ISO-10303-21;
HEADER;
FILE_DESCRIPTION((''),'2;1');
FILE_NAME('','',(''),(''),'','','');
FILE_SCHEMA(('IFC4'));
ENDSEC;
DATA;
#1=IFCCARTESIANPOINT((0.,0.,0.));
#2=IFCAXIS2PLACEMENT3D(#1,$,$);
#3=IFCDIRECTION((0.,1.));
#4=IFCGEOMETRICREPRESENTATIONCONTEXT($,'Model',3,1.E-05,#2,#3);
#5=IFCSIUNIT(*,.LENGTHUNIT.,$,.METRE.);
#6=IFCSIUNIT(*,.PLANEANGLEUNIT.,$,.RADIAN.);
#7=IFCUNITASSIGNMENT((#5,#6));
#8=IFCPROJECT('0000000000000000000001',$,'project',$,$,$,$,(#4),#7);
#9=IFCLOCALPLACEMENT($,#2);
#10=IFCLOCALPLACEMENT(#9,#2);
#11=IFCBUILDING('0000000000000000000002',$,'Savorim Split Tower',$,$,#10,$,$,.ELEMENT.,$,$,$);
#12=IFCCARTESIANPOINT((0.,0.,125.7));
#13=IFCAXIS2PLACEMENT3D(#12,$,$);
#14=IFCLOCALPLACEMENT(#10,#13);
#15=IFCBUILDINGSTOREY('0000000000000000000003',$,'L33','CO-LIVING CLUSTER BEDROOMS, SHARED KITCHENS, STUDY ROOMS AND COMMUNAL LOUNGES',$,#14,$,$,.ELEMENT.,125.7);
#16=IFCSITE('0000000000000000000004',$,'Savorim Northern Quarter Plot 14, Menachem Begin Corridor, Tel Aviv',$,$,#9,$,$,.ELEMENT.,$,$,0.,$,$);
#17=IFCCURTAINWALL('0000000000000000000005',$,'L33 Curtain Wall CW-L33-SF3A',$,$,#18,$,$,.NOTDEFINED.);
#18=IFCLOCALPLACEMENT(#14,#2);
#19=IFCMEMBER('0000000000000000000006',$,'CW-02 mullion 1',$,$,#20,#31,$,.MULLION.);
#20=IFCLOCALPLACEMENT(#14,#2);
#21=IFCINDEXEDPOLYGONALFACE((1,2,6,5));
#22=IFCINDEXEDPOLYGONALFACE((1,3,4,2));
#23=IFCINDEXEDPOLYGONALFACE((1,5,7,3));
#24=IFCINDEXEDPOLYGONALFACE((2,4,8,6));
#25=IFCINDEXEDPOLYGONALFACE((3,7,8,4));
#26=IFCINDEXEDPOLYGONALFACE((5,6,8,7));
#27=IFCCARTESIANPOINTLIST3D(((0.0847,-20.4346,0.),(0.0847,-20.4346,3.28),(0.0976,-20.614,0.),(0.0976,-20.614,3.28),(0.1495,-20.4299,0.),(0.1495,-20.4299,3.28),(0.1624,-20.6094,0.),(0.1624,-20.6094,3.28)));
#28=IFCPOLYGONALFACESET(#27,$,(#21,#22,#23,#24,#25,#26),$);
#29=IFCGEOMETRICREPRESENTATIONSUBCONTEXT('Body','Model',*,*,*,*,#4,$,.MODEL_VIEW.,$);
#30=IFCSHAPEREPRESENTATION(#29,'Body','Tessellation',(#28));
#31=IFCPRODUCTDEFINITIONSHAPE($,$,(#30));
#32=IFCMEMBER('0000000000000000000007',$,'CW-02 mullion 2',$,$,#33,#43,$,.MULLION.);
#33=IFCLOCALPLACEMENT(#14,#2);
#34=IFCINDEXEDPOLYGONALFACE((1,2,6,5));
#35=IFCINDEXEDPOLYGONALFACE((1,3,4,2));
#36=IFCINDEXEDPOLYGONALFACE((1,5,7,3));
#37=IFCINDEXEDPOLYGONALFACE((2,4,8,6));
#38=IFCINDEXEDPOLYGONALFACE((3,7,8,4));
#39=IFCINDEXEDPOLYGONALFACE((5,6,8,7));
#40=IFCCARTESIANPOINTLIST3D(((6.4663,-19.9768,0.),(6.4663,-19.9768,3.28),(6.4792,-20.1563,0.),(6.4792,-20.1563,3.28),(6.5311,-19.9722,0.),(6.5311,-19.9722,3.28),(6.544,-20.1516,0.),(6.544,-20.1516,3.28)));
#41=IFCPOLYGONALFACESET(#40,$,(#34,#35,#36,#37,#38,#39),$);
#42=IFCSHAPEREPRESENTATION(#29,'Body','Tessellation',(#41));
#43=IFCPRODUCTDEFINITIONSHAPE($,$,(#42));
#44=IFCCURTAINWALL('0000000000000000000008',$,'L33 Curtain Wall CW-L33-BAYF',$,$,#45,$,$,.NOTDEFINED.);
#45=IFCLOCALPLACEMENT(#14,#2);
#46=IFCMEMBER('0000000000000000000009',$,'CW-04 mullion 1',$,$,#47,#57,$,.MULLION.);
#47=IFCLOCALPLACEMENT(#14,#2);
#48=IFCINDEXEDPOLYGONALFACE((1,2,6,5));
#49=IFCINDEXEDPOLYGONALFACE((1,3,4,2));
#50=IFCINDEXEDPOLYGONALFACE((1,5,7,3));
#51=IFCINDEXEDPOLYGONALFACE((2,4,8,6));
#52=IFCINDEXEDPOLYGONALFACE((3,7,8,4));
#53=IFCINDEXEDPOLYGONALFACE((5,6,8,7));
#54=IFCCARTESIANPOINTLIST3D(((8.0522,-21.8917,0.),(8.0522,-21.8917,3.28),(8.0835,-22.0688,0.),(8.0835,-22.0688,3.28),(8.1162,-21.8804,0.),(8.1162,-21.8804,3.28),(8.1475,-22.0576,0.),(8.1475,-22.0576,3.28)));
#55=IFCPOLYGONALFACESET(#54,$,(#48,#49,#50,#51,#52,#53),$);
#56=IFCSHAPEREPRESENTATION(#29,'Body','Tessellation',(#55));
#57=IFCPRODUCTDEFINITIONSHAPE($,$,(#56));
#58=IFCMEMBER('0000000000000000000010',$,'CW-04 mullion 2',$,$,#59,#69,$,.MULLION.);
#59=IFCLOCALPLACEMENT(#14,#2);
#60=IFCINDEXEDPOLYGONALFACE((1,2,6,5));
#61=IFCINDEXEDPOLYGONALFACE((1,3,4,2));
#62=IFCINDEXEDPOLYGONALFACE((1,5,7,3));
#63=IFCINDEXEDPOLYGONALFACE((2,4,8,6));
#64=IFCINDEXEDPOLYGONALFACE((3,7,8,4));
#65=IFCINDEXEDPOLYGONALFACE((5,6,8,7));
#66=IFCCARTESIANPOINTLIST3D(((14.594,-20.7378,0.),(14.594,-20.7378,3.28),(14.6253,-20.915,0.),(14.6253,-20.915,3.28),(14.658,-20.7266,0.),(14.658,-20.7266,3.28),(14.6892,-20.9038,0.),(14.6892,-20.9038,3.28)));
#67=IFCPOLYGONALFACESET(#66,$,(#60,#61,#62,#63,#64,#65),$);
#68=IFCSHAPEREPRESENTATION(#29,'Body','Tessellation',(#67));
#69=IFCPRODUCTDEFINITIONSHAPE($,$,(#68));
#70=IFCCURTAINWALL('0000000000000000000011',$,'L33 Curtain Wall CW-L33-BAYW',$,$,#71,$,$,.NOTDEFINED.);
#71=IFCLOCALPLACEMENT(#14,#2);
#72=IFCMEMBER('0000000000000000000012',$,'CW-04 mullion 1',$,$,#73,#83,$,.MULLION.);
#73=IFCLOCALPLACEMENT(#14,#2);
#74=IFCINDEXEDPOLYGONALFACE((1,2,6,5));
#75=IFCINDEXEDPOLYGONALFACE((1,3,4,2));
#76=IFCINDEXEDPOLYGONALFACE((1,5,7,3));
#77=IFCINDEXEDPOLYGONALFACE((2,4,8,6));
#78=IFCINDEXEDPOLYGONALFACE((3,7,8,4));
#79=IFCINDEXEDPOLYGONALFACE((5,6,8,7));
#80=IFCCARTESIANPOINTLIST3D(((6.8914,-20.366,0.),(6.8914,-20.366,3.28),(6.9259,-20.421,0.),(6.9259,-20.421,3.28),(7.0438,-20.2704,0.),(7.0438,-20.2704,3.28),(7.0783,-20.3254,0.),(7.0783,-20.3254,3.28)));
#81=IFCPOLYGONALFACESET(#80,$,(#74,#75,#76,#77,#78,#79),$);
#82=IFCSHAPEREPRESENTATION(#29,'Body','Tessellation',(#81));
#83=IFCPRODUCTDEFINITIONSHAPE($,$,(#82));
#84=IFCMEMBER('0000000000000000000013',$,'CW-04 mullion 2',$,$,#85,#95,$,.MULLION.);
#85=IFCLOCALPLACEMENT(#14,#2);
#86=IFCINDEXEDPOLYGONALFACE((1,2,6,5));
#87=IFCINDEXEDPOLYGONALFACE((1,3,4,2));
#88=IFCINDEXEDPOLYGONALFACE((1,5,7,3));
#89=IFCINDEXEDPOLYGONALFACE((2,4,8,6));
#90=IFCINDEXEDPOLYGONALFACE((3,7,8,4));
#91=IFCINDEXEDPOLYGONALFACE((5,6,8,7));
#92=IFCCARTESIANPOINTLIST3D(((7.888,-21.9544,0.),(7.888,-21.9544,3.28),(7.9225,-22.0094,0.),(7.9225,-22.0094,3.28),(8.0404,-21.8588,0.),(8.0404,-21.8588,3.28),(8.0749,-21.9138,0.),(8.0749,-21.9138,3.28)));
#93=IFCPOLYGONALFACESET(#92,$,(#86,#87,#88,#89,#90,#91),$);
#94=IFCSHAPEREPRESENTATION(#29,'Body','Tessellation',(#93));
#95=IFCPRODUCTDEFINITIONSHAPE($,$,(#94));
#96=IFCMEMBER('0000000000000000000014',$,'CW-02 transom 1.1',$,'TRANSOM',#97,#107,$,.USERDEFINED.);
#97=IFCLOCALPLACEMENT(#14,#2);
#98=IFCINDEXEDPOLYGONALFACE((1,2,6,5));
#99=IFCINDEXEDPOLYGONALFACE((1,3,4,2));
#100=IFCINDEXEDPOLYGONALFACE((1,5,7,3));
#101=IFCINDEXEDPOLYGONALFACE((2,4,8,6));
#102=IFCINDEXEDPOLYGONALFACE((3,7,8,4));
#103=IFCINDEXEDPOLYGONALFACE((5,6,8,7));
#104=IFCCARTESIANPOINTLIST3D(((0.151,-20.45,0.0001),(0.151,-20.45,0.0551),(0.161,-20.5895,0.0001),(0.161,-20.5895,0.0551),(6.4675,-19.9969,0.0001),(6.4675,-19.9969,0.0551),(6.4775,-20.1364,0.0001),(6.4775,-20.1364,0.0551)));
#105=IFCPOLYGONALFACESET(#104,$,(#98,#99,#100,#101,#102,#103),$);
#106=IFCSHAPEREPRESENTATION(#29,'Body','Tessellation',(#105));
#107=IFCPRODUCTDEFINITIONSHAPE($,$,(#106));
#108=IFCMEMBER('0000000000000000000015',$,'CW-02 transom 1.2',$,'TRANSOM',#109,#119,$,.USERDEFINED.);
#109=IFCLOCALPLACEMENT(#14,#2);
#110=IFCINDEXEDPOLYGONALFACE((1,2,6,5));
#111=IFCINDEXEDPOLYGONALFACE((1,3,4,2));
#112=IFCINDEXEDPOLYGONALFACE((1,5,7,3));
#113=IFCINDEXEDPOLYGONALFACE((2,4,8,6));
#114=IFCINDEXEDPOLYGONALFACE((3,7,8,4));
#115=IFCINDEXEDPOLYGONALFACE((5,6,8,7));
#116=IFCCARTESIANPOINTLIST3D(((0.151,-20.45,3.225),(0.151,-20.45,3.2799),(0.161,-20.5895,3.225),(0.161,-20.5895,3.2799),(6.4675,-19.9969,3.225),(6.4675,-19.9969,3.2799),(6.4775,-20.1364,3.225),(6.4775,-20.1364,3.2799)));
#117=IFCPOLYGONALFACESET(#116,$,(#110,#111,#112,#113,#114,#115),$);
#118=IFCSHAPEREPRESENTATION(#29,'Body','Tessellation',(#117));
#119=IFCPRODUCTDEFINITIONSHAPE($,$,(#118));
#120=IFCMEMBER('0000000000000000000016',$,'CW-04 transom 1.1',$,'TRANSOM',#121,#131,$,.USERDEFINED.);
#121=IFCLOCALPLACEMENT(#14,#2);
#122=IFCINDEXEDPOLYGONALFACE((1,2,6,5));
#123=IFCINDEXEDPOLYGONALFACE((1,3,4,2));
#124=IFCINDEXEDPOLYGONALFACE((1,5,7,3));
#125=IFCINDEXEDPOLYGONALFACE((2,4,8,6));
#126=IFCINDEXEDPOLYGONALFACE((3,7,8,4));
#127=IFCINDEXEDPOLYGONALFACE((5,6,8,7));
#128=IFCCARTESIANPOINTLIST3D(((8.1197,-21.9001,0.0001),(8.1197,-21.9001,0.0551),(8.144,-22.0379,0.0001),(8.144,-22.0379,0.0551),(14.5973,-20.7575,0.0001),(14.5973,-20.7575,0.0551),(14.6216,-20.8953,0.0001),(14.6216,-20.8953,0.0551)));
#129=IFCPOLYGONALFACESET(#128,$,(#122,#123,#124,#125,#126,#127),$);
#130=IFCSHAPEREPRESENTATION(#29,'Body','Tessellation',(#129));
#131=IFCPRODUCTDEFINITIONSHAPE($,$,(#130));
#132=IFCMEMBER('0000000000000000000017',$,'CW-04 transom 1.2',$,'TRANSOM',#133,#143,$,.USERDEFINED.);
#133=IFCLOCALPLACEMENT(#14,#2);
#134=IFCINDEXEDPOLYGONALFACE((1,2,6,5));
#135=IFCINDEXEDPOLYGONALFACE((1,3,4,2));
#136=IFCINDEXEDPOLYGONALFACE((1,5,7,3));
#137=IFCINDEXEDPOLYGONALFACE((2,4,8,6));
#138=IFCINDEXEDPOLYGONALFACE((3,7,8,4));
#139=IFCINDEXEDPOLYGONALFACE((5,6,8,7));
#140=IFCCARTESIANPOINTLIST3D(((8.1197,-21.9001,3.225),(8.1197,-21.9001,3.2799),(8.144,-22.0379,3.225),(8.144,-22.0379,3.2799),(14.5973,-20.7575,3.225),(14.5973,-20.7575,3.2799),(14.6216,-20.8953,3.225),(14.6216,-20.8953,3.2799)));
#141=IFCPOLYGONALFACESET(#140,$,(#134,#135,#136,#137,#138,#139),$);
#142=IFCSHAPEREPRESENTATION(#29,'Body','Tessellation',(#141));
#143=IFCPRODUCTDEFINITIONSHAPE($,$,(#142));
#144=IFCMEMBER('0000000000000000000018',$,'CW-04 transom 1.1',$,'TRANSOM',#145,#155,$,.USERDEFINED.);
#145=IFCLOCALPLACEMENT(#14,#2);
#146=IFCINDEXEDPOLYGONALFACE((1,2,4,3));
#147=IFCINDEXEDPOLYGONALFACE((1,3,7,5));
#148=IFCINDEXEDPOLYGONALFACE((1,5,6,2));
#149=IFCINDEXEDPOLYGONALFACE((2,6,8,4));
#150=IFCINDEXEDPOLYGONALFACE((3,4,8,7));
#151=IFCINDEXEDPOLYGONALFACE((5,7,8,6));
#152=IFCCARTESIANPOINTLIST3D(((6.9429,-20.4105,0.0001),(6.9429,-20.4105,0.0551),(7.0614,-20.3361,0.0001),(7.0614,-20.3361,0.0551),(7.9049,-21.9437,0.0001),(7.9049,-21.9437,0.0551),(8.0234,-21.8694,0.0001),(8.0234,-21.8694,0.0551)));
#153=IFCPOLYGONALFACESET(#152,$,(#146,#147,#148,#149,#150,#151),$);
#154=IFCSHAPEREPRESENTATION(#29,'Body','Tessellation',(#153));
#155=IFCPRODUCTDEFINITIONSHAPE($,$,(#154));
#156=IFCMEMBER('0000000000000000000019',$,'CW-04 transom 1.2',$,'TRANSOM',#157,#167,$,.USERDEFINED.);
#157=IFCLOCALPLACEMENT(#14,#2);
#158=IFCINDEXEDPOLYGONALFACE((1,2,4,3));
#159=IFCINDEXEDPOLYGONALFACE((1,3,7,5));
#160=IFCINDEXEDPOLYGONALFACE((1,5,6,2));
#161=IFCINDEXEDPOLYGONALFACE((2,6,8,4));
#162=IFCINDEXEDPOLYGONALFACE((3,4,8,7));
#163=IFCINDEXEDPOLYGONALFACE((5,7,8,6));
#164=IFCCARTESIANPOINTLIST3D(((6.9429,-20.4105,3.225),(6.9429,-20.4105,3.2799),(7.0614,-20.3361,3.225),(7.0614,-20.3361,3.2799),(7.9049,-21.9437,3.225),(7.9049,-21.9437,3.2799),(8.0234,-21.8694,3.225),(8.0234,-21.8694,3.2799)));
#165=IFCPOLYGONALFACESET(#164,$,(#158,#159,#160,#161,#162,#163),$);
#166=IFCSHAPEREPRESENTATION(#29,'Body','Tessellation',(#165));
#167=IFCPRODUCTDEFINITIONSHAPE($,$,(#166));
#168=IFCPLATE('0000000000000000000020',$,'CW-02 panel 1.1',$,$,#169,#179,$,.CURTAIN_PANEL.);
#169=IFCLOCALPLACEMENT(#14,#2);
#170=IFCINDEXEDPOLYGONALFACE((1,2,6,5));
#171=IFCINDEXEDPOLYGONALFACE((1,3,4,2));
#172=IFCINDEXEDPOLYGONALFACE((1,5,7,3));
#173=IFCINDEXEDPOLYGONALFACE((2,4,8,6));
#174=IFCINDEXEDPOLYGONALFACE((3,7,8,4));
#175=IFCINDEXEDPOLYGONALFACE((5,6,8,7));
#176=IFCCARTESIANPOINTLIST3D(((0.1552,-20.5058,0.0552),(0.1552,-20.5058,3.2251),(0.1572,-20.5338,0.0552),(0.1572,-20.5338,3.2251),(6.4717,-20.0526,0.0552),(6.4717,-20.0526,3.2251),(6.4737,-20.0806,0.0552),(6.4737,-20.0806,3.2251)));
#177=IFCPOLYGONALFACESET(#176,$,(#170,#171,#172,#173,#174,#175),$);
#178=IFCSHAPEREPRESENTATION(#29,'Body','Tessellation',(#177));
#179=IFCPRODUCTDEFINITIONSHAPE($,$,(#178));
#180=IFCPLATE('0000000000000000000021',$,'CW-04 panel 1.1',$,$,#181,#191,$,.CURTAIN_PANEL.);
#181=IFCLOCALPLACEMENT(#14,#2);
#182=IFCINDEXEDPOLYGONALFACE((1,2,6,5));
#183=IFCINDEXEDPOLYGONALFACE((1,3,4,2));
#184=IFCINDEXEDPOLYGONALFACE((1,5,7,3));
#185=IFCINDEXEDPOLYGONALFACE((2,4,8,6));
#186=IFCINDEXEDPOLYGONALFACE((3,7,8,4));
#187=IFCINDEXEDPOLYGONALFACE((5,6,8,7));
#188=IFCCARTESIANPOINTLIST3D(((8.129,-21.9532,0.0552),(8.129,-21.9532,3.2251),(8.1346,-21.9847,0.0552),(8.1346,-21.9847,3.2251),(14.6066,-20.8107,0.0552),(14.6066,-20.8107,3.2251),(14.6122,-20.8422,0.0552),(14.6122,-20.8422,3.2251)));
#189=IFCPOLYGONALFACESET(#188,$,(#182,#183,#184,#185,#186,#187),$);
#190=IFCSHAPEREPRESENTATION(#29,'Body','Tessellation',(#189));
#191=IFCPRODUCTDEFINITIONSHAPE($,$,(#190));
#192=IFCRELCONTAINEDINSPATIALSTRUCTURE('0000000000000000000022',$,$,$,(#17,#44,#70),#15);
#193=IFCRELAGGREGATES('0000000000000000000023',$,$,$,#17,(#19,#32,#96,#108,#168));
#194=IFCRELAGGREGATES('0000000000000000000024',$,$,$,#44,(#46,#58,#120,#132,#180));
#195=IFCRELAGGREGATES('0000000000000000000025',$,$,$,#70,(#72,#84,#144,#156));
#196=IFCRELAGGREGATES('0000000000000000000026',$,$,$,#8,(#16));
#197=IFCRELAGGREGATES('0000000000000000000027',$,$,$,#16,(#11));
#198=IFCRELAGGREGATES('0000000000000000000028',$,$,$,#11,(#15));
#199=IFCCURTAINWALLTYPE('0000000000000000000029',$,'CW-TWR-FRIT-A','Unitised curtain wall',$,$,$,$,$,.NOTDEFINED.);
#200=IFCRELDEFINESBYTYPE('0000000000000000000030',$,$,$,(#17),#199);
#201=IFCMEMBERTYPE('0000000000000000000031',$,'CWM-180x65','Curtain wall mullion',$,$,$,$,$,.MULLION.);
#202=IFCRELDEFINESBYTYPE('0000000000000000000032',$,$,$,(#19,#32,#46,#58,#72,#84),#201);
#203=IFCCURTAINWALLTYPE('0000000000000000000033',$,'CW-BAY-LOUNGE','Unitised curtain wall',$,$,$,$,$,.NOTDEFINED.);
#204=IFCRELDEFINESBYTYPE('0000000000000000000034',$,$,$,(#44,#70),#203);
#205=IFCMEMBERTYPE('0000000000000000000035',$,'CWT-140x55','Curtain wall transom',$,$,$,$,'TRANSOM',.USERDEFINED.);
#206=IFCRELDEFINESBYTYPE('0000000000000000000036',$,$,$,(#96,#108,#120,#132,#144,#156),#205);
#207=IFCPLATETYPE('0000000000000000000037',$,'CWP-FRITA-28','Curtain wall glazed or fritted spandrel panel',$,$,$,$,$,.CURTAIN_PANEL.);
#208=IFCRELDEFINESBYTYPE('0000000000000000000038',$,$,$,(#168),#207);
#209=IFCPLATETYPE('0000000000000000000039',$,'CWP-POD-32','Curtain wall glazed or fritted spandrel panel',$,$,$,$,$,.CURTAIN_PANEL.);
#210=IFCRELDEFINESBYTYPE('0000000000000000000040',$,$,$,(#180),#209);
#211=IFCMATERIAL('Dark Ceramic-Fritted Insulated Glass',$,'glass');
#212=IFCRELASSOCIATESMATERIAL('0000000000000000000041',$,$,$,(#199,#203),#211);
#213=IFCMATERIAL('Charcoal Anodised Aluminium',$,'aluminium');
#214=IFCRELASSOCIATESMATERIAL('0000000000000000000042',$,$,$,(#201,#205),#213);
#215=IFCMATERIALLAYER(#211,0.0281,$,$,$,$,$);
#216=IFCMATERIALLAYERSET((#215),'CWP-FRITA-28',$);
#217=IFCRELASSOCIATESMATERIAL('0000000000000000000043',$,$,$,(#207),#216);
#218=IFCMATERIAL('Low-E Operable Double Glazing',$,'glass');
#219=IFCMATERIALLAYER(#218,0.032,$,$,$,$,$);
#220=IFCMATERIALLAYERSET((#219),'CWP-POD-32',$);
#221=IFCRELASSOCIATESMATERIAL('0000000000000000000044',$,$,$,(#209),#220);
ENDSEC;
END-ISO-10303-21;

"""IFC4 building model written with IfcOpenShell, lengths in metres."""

from ifc_helpers import new_model, si_unit, direction, frame, origin, origin_2d, place, context, subcontext, project, spatial, rectangle, extrude, material, layer, layer_set, material_profile, profile_set, type_object, element, aggregate, save


model = new_model("IFC4")

# Units and contexts
model_context = context("Model", 3, precision=1e-05, world=origin(), true_north=direction((0.0, 1.0)))
body_context = subcontext(model_context, "Body", "Model", "MODEL_VIEW")
ifc_project = project(units=[si_unit("LENGTHUNIT", "METRE"), si_unit("PLANEANGLEUNIT", "RADIAN")], contexts=[model_context])

# Site, building, storey
site_placement = place(None, origin())
site = spatial("IfcSite", under=ifc_project, at=site_placement, Name="Savorim Northern Quarter Plot 14, Menachem Begin Corridor, Tel Aviv", CompositionType="ELEMENT", RefElevation=0.0)
building_placement = place(site_placement, origin())
building = spatial("IfcBuilding", under=site, at=building_placement, Name="Savorim Split Tower", CompositionType="ELEMENT")
storey_placement = place(building_placement, frame((0.0, 0.0, 125.7)))
storey = spatial("IfcBuildingStorey", under=building, at=storey_placement, Name="L33", Description="CO-LIVING CLUSTER BEDROOMS, SHARED KITCHENS, STUDY ROOMS AND COMMUNAL LOUNGES", CompositionType="ELEMENT", Elevation=125.7)

# Curtain walls, members
ifc_material_1 = material(Name="Dark Ceramic-Fritted Insulated Glass", Category="glass")
curtain_wall_type_1 = type_object("IfcCurtainWallType", Name="CW-TWR-FRIT-A", Description="Unitised curtain wall", PredefinedType="NOTDEFINED", material=ifc_material_1)
curtain_wall_1_placement = place(storey_placement, origin())
curtain_wall_1 = element("IfcCurtainWall", 1, at=curtain_wall_1_placement, inside=storey, type_object=curtain_wall_type_1, Name="L33 Curtain Wall CW-L33-SF3A", PredefinedType="NOTDEFINED")
ifc_material_2 = material(Name="Charcoal Anodised Aluminium", Category="aluminium")
ifc_material_profile_1 = material_profile(ifc_material_2, rectangle(XDim=0.1799, YDim=0.0649, at=origin_2d()), Name="ALU-M 180x65")
ifc_profile_set_1 = profile_set([ifc_material_profile_1], Name="Charcoal Anodised Aluminium")
member_type_1 = type_object("IfcMemberType", Name="CWM-180x65", Description="Curtain wall mullion", PredefinedType="MULLION", material=ifc_profile_set_1)
member_1_placement = place(storey_placement, frame((0.1235, -20.522, 0.0), z_axis=(0.0, 0.0, 1.0), x_axis=(-0.071563, 0.997436, 0.0)))
member_1 = element("IfcMember", 2, at=member_1_placement, type_object=member_type_1, Name="CW-02 mullion 1", PredefinedType="MULLION", context=body_context, shape_type="SweptSolid", body=[
    extrude(rectangle(XDim=0.1799, YDim=0.0649, at=origin_2d()), origin(), (0.0, 0.0, 1.0), 3.28),
])
member_2_placement = place(storey_placement, frame((6.5051, -20.0642, 0.0), z_axis=(0.0, 0.0, 1.0), x_axis=(-0.071563, 0.997436, 0.0)))
member_2 = element("IfcMember", 3, at=member_2_placement, type_object=member_type_1, Name="CW-02 mullion 2", PredefinedType="MULLION", context=body_context, shape_type="SweptSolid", body=[
    extrude(rectangle(XDim=0.1799, YDim=0.0649, at=origin_2d()), origin(), (0.0, 0.0, 1.0), 3.28),
])
curtain_wall_type_2 = type_object("IfcCurtainWallType", Name="CW-BAY-LOUNGE", Description="Unitised curtain wall", PredefinedType="NOTDEFINED", material=ifc_material_1)
curtain_wall_2_placement = place(storey_placement, origin())
curtain_wall_2 = element("IfcCurtainWall", 4, at=curtain_wall_2_placement, inside=storey, type_object=curtain_wall_type_2, Name="L33 Curtain Wall CW-L33-BAYF", PredefinedType="NOTDEFINED")
member_3_placement = place(storey_placement, frame((8.0999, -21.9746, 0.0), z_axis=(0.0, 0.0, 1.0), x_axis=(-0.173703, 0.984798, 0.0)))
member_3 = element("IfcMember", 5, at=member_3_placement, type_object=member_type_1, Name="CW-04 mullion 1", PredefinedType="MULLION", context=body_context, shape_type="SweptSolid", body=[
    extrude(rectangle(XDim=0.1799, YDim=0.0649, at=origin_2d()), origin(), (0.0, 0.0, 1.0), 3.28),
])
member_4_placement = place(storey_placement, frame((14.6416, -20.8208, 0.0), z_axis=(0.0, 0.0, 1.0), x_axis=(-0.173703, 0.984798, 0.0)))
member_4 = element("IfcMember", 6, at=member_4_placement, type_object=member_type_1, Name="CW-04 mullion 2", PredefinedType="MULLION", context=body_context, shape_type="SweptSolid", body=[
    extrude(rectangle(XDim=0.1799, YDim=0.0649, at=origin_2d()), origin(), (0.0, 0.0, 1.0), 3.28),
])
curtain_wall_3_placement = place(storey_placement, origin())
curtain_wall_3 = element("IfcCurtainWall", 7, at=curtain_wall_3_placement, inside=storey, type_object=curtain_wall_type_2, Name="L33 Curtain Wall CW-L33-BAYW", PredefinedType="NOTDEFINED")
member_5_placement = place(storey_placement, frame((6.9849, -20.3457, 0.0), z_axis=(0.0, 0.0, 1.0), x_axis=(0.847099, 0.531435, 0.0)))
member_5 = element("IfcMember", 8, at=member_5_placement, type_object=member_type_1, Name="CW-04 mullion 1", PredefinedType="MULLION", context=body_context, shape_type="SweptSolid", body=[
    extrude(rectangle(XDim=0.1799, YDim=0.0649, at=origin_2d()), origin(), (0.0, 0.0, 1.0), 3.28),
])
member_6_placement = place(storey_placement, frame((7.9814, -21.9341, 0.0), z_axis=(0.0, 0.0, 1.0), x_axis=(0.847099, 0.531435, 0.0)))
member_6 = element("IfcMember", 9, at=member_6_placement, type_object=member_type_1, Name="CW-04 mullion 2", PredefinedType="MULLION", context=body_context, shape_type="SweptSolid", body=[
    extrude(rectangle(XDim=0.1799, YDim=0.0649, at=origin_2d()), origin(), (0.0, 0.0, 1.0), 3.28),
])

# Members
ifc_material_profile_2 = material_profile(ifc_material_2, rectangle(XDim=0.1399, YDim=0.0549, at=origin_2d()), Name="ALU-T 140x55")
ifc_profile_set_2 = profile_set([ifc_material_profile_2], Name="Charcoal Anodised Aluminium")
member_type_2 = type_object("IfcMemberType", Name="CWT-140x55", Description="Curtain wall transom", ElementType="TRANSOM", PredefinedType="USERDEFINED", material=ifc_profile_set_2)
member_7_placement = place(storey_placement, frame((0.156, -20.5198, 0.0276), z_axis=(0.997437, 0.071551, 0.0), x_axis=(-0.071551, 0.997437, 0.0)))
member_7 = element("IfcMember", 10, at=member_7_placement, type_object=member_type_2, Name="CW-02 transom 1.1", ObjectType="TRANSOM", PredefinedType="USERDEFINED", context=body_context, shape_type="SweptSolid", body=[
    extrude(rectangle(XDim=0.1399, YDim=0.0549, at=origin_2d()), origin(), (0.0, 0.0, 1.0), 6.3328),
])
member_8_placement = place(storey_placement, frame((0.156, -20.5198, 3.2524), z_axis=(0.997437, 0.071551, 0.0), x_axis=(-0.071551, 0.997437, 0.0)))
member_8 = element("IfcMember", 11, at=member_8_placement, type_object=member_type_2, Name="CW-02 transom 1.2", ObjectType="TRANSOM", PredefinedType="USERDEFINED", context=body_context, shape_type="SweptSolid", body=[
    extrude(rectangle(XDim=0.1399, YDim=0.0549, at=origin_2d()), origin(), (0.0, 0.0, 1.0), 6.3328),
])
member_9_placement = place(storey_placement, frame((8.1318, -21.969, 0.0276), z_axis=(0.984797, 0.173709, 0.0), x_axis=(-0.173709, 0.984797, 0.0)))
member_9 = element("IfcMember", 12, at=member_9_placement, type_object=member_type_2, Name="CW-04 transom 1.1", ObjectType="TRANSOM", PredefinedType="USERDEFINED", context=body_context, shape_type="SweptSolid", body=[
    extrude(rectangle(XDim=0.1399, YDim=0.0549, at=origin_2d()), origin(), (0.0, 0.0, 1.0), 6.5776),
])
member_10_placement = place(storey_placement, frame((8.1318, -21.969, 3.2524), z_axis=(0.984797, 0.173709, 0.0), x_axis=(-0.173709, 0.984797, 0.0)))
member_10 = element("IfcMember", 13, at=member_10_placement, type_object=member_type_2, Name="CW-04 transom 1.2", ObjectType="TRANSOM", PredefinedType="USERDEFINED", context=body_context, shape_type="SweptSolid", body=[
    extrude(rectangle(XDim=0.1399, YDim=0.0549, at=origin_2d()), origin(), (0.0, 0.0, 1.0), 6.5776),
])
member_11_placement = place(storey_placement, frame((7.0022, -20.3733, 0.0276), z_axis=(0.531453, -0.847088, 0.0), x_axis=(0.847088, 0.531453, 0.0)))
member_11 = element("IfcMember", 14, at=member_11_placement, type_object=member_type_2, Name="CW-04 transom 1.1", ObjectType="TRANSOM", PredefinedType="USERDEFINED", context=body_context, shape_type="SweptSolid", body=[
    extrude(rectangle(XDim=0.1399, YDim=0.0549, at=origin_2d()), origin(), (0.0, 0.0, 1.0), 1.8101),
])
member_12_placement = place(storey_placement, frame((7.0022, -20.3733, 3.2524), z_axis=(0.531453, -0.847088, 0.0), x_axis=(0.847088, 0.531453, 0.0)))
member_12 = element("IfcMember", 15, at=member_12_placement, type_object=member_type_2, Name="CW-04 transom 1.2", ObjectType="TRANSOM", PredefinedType="USERDEFINED", context=body_context, shape_type="SweptSolid", body=[
    extrude(rectangle(XDim=0.1399, YDim=0.0549, at=origin_2d()), origin(), (0.0, 0.0, 1.0), 1.8101),
])

# Plates
ifc_layer_1 = layer(ifc_material_1, 0.0281)
ifc_layer_set_1 = layer_set([ifc_layer_1], Name="CWP-FRITA-28")
plate_type_1 = type_object("IfcPlateType", Name="CWP-FRITA-28", Description="Curtain wall glazed or fritted spandrel panel", PredefinedType="CURTAIN_PANEL", material=ifc_layer_set_1)
plate_1_placement = place(storey_placement, frame((3.3145, -20.2932, 0.0552), z_axis=(0.0, 0.0, 1.0), x_axis=(0.997436, 0.071563, 0.0)))
plate_1 = element("IfcPlate", 16, at=plate_1_placement, type_object=plate_type_1, Name="CW-02 panel 1.1", PredefinedType="CURTAIN_PANEL", context=body_context, shape_type="SweptSolid", body=[
    extrude(rectangle(XDim=6.3328, YDim=0.0281, at=origin_2d()), origin(), (0.0, 0.0, 1.0), 3.1699),
])
aggregate(curtain_wall_1, [member_1, member_2, member_7, member_8, plate_1])
ifc_material_3 = material(Name="Low-E Operable Double Glazing", Category="glass")
ifc_layer_2 = layer(ifc_material_3, 0.032)
ifc_layer_set_2 = layer_set([ifc_layer_2], Name="CWP-POD-32")
plate_type_2 = type_object("IfcPlateType", Name="CWP-POD-32", Description="Curtain wall glazed or fritted spandrel panel", PredefinedType="CURTAIN_PANEL", material=ifc_layer_set_2)
plate_2_placement = place(storey_placement, frame((11.3706, -21.3977, 0.0552), z_axis=(0.0, 0.0, 1.0), x_axis=(0.984798, 0.173703, 0.0)))
plate_2 = element("IfcPlate", 17, at=plate_2_placement, type_object=plate_type_2, Name="CW-04 panel 1.1", PredefinedType="CURTAIN_PANEL", context=body_context, shape_type="SweptSolid", body=[
    extrude(rectangle(XDim=6.5776, YDim=0.032, at=origin_2d()), origin(), (0.0, 0.0, 1.0), 3.1699),
])
aggregate(curtain_wall_2, [member_3, member_4, member_9, member_10, plate_2])
aggregate(curtain_wall_3, [member_5, member_6, member_11, member_12])

save(model, "model.ifc")
